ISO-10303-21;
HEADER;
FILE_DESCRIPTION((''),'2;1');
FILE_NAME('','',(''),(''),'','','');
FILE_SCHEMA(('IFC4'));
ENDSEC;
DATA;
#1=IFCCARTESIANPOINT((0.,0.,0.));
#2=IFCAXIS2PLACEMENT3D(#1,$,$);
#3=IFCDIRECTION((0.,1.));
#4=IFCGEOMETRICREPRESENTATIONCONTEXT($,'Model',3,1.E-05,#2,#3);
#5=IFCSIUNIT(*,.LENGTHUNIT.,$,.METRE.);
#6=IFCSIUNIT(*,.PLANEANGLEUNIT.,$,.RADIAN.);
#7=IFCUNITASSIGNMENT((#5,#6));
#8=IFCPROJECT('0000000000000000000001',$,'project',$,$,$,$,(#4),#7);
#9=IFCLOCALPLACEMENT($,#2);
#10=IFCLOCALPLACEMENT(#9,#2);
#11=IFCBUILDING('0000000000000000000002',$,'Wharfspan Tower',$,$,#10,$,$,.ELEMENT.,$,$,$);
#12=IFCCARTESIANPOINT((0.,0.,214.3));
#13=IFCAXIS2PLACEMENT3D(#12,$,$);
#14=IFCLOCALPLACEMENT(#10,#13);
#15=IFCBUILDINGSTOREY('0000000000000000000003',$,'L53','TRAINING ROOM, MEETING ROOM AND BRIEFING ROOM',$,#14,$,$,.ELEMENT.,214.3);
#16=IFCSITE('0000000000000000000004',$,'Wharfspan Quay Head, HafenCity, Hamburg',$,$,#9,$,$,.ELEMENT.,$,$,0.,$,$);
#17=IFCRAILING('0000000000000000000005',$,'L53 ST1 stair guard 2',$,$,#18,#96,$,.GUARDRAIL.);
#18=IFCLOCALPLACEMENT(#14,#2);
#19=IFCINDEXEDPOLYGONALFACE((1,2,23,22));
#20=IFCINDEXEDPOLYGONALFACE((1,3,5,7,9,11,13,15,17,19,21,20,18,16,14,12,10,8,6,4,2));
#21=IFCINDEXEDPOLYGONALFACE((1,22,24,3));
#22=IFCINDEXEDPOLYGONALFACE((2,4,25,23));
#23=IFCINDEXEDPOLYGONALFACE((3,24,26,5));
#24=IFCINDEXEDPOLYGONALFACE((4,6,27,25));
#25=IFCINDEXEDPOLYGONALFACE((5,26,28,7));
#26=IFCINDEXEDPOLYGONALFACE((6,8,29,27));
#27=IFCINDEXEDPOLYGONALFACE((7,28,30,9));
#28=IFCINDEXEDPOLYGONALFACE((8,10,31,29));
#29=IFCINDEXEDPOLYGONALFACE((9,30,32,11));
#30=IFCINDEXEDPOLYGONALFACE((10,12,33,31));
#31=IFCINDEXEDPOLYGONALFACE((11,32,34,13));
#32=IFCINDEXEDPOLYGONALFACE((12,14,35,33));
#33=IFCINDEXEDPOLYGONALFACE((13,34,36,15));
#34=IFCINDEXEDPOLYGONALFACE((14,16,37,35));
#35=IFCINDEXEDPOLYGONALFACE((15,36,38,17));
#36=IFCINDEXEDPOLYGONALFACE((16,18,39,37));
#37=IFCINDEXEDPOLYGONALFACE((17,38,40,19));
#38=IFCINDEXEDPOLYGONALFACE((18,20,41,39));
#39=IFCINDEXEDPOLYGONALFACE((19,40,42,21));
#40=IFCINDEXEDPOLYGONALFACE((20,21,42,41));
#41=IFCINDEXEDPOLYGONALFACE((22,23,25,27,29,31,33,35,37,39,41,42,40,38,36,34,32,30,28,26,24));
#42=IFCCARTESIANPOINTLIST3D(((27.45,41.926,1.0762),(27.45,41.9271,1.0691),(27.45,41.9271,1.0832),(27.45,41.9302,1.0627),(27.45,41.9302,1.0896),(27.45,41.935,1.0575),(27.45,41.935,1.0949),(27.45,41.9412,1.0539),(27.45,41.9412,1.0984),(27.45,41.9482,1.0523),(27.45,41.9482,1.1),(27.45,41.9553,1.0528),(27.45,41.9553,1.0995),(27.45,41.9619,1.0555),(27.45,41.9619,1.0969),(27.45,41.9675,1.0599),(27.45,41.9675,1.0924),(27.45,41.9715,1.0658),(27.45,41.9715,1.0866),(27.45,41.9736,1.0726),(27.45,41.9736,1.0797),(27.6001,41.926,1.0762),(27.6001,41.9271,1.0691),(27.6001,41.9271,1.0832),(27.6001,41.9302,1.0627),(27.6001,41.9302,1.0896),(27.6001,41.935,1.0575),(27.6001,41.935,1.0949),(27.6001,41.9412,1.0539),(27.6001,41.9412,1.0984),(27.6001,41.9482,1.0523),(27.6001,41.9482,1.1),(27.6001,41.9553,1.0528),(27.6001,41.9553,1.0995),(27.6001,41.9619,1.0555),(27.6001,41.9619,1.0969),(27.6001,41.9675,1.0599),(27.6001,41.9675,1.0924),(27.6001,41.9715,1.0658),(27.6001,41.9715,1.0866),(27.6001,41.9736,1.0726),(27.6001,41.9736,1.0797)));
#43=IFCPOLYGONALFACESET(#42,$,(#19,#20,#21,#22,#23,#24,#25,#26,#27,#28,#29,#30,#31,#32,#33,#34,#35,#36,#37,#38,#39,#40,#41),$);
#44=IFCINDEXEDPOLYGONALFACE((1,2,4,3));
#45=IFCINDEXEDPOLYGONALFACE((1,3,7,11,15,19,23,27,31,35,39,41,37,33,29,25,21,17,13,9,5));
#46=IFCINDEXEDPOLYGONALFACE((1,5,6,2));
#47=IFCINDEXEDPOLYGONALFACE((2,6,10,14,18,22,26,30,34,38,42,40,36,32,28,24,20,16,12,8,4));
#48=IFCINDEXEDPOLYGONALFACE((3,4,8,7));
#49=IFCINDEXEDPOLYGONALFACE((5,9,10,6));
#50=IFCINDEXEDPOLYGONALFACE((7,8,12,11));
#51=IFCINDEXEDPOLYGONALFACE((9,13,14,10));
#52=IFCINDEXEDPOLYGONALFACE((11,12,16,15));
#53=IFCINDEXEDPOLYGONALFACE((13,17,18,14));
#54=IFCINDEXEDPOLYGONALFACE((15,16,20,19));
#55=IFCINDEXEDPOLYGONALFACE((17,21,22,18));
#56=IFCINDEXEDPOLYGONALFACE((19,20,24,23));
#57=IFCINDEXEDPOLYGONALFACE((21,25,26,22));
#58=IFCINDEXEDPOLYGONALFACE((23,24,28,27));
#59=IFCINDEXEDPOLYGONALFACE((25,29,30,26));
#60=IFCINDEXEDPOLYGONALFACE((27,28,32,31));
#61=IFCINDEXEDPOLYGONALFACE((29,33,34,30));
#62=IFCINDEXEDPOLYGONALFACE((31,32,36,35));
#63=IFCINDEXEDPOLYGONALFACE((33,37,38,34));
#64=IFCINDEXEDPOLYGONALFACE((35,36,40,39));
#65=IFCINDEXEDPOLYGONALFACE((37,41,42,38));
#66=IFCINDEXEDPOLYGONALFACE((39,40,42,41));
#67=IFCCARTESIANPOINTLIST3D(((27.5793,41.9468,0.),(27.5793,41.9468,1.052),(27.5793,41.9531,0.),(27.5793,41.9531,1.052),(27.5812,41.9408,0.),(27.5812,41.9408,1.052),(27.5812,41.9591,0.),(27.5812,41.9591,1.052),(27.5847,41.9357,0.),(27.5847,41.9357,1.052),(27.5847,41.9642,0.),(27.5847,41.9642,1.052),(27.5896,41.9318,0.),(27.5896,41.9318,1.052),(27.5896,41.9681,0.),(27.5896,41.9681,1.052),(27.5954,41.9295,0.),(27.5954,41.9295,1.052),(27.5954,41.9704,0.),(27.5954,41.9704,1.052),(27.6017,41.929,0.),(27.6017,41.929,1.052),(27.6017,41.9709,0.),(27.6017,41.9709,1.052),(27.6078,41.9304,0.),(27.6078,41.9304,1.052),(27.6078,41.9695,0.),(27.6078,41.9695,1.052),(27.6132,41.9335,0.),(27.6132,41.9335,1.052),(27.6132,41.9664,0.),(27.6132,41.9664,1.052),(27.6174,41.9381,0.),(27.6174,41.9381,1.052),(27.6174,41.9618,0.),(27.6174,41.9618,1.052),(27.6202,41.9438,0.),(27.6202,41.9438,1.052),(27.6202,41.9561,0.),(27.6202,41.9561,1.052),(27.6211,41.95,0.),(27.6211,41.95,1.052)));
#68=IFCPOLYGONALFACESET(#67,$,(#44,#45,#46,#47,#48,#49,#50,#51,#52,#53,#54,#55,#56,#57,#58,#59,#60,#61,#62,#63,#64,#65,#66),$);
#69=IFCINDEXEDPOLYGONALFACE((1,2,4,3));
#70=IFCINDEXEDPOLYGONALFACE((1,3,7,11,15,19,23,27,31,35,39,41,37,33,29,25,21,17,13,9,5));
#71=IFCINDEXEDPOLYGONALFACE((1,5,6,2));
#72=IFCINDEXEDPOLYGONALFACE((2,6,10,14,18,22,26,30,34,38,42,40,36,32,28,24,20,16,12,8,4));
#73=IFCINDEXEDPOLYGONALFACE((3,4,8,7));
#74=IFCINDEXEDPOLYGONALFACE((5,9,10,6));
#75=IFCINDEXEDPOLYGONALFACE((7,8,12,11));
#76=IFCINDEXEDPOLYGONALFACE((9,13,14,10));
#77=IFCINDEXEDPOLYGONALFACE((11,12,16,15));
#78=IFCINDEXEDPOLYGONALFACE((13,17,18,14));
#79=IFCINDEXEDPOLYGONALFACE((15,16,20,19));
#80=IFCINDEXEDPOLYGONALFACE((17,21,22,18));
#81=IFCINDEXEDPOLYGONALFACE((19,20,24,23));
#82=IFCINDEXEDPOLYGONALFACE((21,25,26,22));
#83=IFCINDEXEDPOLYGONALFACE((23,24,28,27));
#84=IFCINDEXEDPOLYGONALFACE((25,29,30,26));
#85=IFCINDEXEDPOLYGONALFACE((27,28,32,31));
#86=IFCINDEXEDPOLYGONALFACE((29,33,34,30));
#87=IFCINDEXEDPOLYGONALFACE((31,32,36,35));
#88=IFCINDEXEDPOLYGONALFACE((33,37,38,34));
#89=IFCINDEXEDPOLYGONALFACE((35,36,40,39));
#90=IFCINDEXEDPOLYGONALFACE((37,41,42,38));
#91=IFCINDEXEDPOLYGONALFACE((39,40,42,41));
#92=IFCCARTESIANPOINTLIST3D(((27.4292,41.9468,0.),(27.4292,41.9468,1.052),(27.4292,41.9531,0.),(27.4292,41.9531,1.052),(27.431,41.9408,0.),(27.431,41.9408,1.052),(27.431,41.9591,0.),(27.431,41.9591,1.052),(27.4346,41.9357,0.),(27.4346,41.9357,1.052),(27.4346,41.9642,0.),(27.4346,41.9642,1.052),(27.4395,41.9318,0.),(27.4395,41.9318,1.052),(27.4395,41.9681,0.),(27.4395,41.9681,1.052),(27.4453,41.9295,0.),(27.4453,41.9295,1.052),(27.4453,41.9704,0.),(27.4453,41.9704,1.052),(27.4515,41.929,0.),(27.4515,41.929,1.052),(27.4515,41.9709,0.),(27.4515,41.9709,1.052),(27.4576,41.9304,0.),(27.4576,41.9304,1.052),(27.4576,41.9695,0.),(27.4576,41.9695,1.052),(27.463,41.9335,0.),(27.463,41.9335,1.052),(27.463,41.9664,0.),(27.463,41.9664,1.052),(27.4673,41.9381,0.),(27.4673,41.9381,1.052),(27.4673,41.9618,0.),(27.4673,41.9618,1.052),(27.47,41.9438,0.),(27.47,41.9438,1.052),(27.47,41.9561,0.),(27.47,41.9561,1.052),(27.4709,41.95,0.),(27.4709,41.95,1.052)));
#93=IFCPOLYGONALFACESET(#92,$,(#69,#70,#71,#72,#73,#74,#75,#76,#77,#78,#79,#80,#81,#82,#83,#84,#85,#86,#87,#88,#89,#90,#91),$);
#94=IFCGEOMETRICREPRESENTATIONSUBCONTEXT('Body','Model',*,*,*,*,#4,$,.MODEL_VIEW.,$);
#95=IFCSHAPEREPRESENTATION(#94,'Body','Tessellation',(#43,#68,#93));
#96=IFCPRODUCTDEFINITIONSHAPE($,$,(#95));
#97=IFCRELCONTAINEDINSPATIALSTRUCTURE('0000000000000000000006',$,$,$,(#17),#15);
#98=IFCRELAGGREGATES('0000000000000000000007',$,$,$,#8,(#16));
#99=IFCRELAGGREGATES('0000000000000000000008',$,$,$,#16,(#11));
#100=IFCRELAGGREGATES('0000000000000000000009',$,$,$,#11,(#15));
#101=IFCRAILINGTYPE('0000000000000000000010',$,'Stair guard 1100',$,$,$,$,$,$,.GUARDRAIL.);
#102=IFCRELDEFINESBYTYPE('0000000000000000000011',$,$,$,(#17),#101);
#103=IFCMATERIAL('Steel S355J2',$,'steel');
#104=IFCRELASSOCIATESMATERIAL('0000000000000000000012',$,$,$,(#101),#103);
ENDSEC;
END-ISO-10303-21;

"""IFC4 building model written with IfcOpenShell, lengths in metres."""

from ifc_helpers import new_model, si_unit, direction, frame, origin, origin_2d, place, context, subcontext, project, spatial, circle, extrude, material, type_object, element, save


model = new_model("IFC4")

# Units and contexts
model_context = context("Model", 3, precision=1e-05, world=origin(), true_north=direction((0.0, 1.0)))
body_context = subcontext(model_context, "Body", "Model", "MODEL_VIEW")
ifc_project = project(units=[si_unit("LENGTHUNIT", "METRE"), si_unit("PLANEANGLEUNIT", "RADIAN")], contexts=[model_context])

# Site, building, storey
site_placement = place(None, origin())
site = spatial("IfcSite", under=ifc_project, at=site_placement, Name="Wharfspan Quay Head, HafenCity, Hamburg", CompositionType="ELEMENT", RefElevation=0.0)
building_placement = place(site_placement, origin())
building = spatial("IfcBuilding", under=site, at=building_placement, Name="Wharfspan Tower", CompositionType="ELEMENT")
storey_placement = place(building_placement, frame((0.0, 0.0, 214.3)))
storey = spatial("IfcBuildingStorey", under=building, at=storey_placement, Name="L53", Description="TRAINING ROOM, MEETING ROOM AND BRIEFING ROOM", CompositionType="ELEMENT", Elevation=214.3)

# Shared definitions
ifc_material_1 = material(Name="Steel S355J2", Category="steel")

# Railing
railing_type_1 = type_object("IfcRailingType", Name="Stair guard 1100", PredefinedType="GUARDRAIL", material=ifc_material_1)
railing_1_placement = place(storey_placement, frame((27.6001, 41.95, 0.0)))
element("IfcRailing", 1, at=railing_1_placement, inside=storey, type_object=railing_type_1, Name="L53 ST1 stair guard 2", PredefinedType="GUARDRAIL", context=body_context, shape_type="SweptSolid", body=[
    extrude(circle(Radius=0.0239, at=origin_2d()), frame((0.0, 0.0, 1.0762), z_axis=(-1.0, 0.0, 0.0), x_axis=(0.0, -1.0, 0.0)), (0.0, 0.0, 1.0), 0.1501),
    extrude(circle(Radius=0.021, at=origin_2d()), origin(), (0.0, 0.0, 1.0), 1.052),
    extrude(circle(Radius=0.021, at=origin_2d()), frame((-0.1501, 0.0, 0.0)), (0.0, 0.0, 1.0), 1.052),
])

save(model, "model.ifc")
